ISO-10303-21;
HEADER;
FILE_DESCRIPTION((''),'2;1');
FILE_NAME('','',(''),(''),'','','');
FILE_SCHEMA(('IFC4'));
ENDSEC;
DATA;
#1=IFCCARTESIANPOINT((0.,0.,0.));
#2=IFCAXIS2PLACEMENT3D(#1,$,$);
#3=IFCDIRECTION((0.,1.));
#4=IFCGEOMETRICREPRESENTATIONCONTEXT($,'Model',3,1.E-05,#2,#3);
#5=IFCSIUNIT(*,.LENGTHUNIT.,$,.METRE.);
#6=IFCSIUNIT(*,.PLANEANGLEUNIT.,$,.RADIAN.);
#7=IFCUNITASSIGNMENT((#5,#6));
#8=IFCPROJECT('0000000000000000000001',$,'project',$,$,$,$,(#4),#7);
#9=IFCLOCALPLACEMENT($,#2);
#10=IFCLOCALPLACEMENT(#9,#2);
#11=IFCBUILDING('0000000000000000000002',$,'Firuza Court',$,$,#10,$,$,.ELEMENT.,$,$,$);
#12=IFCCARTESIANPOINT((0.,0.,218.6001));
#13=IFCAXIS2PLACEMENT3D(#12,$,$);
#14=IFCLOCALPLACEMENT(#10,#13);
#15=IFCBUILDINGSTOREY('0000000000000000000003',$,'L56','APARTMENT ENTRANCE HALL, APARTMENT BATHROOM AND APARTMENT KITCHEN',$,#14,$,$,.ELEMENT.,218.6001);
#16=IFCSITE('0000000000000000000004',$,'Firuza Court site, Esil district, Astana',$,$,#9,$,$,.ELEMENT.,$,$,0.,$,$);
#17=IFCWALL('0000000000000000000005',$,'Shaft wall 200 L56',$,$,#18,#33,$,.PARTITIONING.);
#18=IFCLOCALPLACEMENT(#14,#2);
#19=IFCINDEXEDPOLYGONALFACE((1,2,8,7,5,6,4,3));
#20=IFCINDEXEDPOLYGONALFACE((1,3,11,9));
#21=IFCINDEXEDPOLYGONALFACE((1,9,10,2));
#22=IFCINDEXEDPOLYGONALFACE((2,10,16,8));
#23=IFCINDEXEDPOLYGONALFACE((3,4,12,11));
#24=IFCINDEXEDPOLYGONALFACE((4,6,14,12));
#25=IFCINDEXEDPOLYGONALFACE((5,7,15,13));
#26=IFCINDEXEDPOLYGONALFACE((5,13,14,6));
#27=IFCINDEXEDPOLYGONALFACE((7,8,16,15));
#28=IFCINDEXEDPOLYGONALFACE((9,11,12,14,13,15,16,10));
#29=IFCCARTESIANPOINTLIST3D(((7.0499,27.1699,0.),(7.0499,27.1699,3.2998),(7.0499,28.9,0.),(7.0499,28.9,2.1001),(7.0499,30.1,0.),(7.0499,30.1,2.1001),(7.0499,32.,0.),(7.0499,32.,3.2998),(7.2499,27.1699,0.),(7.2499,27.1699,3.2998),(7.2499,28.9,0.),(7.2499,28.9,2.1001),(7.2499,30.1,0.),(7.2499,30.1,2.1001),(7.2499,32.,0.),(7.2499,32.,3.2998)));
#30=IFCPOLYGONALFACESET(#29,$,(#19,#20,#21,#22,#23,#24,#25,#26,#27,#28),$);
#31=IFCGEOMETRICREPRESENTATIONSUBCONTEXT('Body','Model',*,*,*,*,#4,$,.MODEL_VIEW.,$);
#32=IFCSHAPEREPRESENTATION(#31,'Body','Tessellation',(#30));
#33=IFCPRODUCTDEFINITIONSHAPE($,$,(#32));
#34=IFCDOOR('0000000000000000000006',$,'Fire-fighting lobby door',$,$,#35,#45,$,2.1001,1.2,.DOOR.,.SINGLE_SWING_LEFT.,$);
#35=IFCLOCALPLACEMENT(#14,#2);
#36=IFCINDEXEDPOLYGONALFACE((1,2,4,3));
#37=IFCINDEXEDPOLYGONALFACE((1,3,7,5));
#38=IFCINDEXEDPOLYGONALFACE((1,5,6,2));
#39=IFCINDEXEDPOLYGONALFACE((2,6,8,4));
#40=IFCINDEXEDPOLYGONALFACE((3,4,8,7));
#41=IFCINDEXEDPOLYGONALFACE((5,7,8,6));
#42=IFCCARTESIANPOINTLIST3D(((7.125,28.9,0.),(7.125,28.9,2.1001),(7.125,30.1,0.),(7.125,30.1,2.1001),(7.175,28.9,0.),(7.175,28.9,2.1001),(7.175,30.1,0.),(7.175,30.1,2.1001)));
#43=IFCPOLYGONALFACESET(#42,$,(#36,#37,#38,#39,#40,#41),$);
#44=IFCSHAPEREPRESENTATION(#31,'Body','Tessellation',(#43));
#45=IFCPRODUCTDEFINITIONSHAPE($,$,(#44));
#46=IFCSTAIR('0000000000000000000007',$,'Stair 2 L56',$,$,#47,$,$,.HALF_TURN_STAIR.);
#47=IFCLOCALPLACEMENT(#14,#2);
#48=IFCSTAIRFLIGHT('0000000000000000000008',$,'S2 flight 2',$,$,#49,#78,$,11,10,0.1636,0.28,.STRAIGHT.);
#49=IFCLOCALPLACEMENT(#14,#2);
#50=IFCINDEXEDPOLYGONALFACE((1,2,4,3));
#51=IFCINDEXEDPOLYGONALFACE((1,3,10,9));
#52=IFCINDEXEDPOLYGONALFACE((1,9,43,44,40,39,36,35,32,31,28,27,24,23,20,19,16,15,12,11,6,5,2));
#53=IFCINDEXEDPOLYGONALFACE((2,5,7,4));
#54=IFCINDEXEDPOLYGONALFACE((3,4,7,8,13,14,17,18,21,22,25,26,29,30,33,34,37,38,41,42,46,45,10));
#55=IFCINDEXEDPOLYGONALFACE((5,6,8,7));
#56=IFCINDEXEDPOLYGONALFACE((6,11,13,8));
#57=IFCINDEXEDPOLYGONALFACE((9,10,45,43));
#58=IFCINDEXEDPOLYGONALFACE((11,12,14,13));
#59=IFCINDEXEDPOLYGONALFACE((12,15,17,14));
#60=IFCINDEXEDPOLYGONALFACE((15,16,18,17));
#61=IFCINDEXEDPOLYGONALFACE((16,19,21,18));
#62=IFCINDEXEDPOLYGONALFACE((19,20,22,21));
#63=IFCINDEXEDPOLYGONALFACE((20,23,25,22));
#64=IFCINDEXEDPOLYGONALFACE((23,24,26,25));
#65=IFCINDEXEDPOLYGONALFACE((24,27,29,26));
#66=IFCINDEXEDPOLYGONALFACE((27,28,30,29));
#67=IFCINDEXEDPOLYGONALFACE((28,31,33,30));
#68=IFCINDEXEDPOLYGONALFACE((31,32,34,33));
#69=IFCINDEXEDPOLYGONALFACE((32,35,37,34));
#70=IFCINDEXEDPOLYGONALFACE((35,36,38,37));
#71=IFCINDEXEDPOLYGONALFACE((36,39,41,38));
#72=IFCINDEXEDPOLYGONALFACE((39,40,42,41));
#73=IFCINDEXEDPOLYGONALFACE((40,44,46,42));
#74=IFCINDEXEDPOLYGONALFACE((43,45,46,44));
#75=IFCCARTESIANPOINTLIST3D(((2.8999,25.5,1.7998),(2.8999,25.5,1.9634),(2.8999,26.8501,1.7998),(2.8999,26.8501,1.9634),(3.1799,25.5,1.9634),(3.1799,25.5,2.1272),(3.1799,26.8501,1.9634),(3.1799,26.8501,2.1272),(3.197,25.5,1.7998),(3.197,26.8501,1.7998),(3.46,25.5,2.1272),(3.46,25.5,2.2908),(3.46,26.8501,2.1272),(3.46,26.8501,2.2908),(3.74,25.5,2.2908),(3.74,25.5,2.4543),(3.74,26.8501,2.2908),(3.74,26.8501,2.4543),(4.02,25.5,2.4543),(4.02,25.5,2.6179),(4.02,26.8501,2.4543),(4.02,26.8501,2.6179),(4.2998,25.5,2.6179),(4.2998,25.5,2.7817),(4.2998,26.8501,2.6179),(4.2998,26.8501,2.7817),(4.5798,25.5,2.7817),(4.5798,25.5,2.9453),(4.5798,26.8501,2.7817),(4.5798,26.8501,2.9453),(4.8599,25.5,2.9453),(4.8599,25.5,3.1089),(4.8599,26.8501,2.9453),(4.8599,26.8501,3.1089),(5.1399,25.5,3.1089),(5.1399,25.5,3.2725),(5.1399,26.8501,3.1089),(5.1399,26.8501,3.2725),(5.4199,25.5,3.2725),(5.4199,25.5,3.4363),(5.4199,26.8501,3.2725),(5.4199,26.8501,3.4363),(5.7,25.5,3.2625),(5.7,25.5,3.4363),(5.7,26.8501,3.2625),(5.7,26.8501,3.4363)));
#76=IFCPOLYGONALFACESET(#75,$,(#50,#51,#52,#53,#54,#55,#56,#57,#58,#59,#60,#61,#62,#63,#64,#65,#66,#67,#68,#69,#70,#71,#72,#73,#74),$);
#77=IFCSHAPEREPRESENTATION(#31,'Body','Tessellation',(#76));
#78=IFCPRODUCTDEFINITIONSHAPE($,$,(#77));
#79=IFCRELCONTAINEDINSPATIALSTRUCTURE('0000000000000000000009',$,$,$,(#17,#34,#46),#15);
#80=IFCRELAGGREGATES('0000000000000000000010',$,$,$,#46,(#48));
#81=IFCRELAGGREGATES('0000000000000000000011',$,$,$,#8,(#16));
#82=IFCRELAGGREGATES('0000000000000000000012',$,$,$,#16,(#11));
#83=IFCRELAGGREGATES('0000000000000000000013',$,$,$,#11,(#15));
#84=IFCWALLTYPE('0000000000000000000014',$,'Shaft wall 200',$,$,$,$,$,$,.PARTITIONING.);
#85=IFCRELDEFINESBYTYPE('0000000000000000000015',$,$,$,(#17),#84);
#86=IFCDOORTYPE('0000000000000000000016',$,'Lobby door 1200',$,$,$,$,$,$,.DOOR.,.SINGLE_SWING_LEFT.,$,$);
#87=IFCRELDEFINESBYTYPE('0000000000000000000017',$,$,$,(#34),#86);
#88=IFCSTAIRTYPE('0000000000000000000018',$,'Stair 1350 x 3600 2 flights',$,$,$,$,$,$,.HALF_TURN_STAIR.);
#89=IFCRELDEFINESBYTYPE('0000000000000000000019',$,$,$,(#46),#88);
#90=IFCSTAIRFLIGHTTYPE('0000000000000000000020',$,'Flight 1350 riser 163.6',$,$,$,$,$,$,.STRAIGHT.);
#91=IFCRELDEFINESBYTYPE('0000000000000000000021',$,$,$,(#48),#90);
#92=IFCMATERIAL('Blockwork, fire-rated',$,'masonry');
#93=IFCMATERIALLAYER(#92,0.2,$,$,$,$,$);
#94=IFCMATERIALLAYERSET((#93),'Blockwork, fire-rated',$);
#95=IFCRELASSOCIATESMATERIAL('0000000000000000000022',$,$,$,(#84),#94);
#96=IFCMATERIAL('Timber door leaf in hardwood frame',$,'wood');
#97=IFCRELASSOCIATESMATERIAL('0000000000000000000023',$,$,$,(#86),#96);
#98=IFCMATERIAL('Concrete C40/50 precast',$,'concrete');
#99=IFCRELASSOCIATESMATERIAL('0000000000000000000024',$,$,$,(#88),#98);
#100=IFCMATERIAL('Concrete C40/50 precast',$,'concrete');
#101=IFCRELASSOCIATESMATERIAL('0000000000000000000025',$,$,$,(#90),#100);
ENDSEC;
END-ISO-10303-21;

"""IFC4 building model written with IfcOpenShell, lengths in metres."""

from ifc_helpers import new_model, si_unit, direction, frame, frame_2d, origin, place, context, subcontext, project, spatial, polyline, rectangle, outline, extrude, material, layer, layer_set, type_object, element, fill, aggregate, save


model = new_model("IFC4")

# Units and contexts
model_context = context("Model", 3, precision=1e-05, world=origin(), true_north=direction((0.0, 1.0)))
body_context = subcontext(model_context, "Body", "Model", "MODEL_VIEW")
ifc_project = project(units=[si_unit("LENGTHUNIT", "METRE"), si_unit("PLANEANGLEUNIT", "RADIAN")], contexts=[model_context])

# Site, building, storey
site_placement = place(None, origin())
site = spatial("IfcSite", under=ifc_project, at=site_placement, Name="Firuza Court site, Esil district, Astana", CompositionType="ELEMENT", RefElevation=0.0)
building_placement = place(site_placement, origin())
building = spatial("IfcBuilding", under=site, at=building_placement, Name="Firuza Court", CompositionType="ELEMENT")
storey_placement = place(building_placement, frame((0.0, 0.0, 218.6001)))
storey = spatial("IfcBuildingStorey", under=building, at=storey_placement, Name="L56", Description="APARTMENT ENTRANCE HALL, APARTMENT BATHROOM AND APARTMENT KITCHEN", CompositionType="ELEMENT", Elevation=218.6001)

# Wall, opening, door
ifc_material_1 = material(Name="Blockwork, fire-rated", Category="masonry")
ifc_layer_1 = layer(ifc_material_1, 0.2)
ifc_layer_set_1 = layer_set([ifc_layer_1], Name="Blockwork, fire-rated")
wall_type_1 = type_object("IfcWallType", Name="Shaft wall 200", PredefinedType="PARTITIONING", material=ifc_layer_set_1)
wall_1_placement = place(storey_placement, frame((7.1499, 27.1699, 0.0), z_axis=(0.0, 0.0, 1.0), x_axis=(0.0, 1.0, 0.0)))
wall_1 = element("IfcWall", 1, at=wall_1_placement, inside=storey, type_object=wall_type_1, Name="Shaft wall 200 L56", PredefinedType="PARTITIONING", context=body_context, shape_type="SweptSolid", body=[
    extrude(rectangle(XDim=4.8301, YDim=0.2, at=frame_2d((2.415, 0.0))), origin(), (0.0, 0.0, 1.0), 3.2998),
])
opening_1_placement = place(wall_1_placement, frame((1.73, 0.0, 0.0)))
opening_1 = element("IfcOpeningElement", 2, at=opening_1_placement, cuts=wall_1, PredefinedType="OPENING", context=body_context, shape_type="SweptSolid", body=[
    extrude(rectangle(XDim=1.2, YDim=2.1001, at=frame_2d((0.6001, 1.05))), frame((0.0, 0.1118, 0.0), z_axis=(0.0, -1.0, 0.0), x_axis=(1.0, 0.0, 0.0)), (0.0, 0.0, 1.0), 0.2239),
])
ifc_material_2 = material(Name="Timber door leaf in hardwood frame", Category="wood")
door_type_1 = type_object("IfcDoorType", Name="Lobby door 1200", OperationType="SINGLE_SWING_LEFT", PredefinedType="DOOR", material=ifc_material_2)
door_1_placement = place(opening_1_placement, origin())
door_1 = element("IfcDoor", 3, at=door_1_placement, inside=storey, type_object=door_type_1, Name="Fire-fighting lobby door", OperationType="SINGLE_SWING_LEFT", OverallHeight=2.1001, OverallWidth=1.2, PredefinedType="DOOR", context=body_context, shape_type="SweptSolid", body=[
    extrude(rectangle(XDim=1.2, YDim=2.1001, at=frame_2d((0.6001, 1.05))), frame((0.0, 0.0249, 0.0), z_axis=(0.0, -1.0, 0.0), x_axis=(1.0, 0.0, 0.0)), (0.0, 0.0, 1.0), 0.05),
])
fill(opening_1, door_1)

# Stair, stair flight
ifc_material_3 = material(Name="Concrete C40/50 precast", Category="concrete")
stair_type = type_object("IfcStairType", Name="Stair 1350 x 3600 2 flights", PredefinedType="HALF_TURN_STAIR", material=ifc_material_3)
stair_placement = place(storey_placement, origin())
stair = element("IfcStair", 4, at=stair_placement, inside=storey, type_object=stair_type, Name="Stair 2 L56", PredefinedType="HALF_TURN_STAIR")
ifc_material_4 = material(Name="Concrete C40/50 precast", Category="concrete")
stair_flight_type = type_object("IfcStairFlightType", Name="Flight 1350 riser 163.6", PredefinedType="STRAIGHT", material=ifc_material_4)
stair_flight_placement = place(storey_placement, frame((2.8999, 26.175, 1.7998), z_axis=(0.0, 0.0, 1.0), x_axis=(1.0, 0.0, 0.0)))
stair_flight = element("IfcStairFlight", 5, at=stair_flight_placement, type_object=stair_flight_type, Name="S2 flight 2", NumberOfRisers=11, NumberOfTreads=10, PredefinedType="STRAIGHT", RiserHeight=0.1636, TreadLength=0.28, context=body_context, shape_type="SweptSolid", body=[
    extrude(outline(polyline([(0.0, 0.0), (0.0, 0.1636), (0.28, 0.1636), (0.28, 0.3274), (0.5601, 0.3274), (0.5601, 0.491), (0.8401, 0.491), (0.8401, 0.6545), (1.1201, 0.6545), (1.1201, 0.8181), (1.3999, 0.8181), (1.3999, 0.9819), (1.6799, 0.9819), (1.6799, 1.1455), (1.96, 1.1455), (1.96, 1.3091), (2.24, 1.3091), (2.24, 1.4727), (2.52, 1.4727), (2.52, 1.6365), (2.8, 1.6365), (2.8, 1.8), (2.8, 1.4626), (0.2971, 0.0), (0.0, 0.0)])), frame((0.0, 0.675, 0.0), z_axis=(0.0, -1.0, 0.0), x_axis=(1.0, 0.0, 0.0)), (0.0, 0.0, 1.0), 1.3501),
])
aggregate(stair, [stair_flight])

save(model, "model.ifc")
